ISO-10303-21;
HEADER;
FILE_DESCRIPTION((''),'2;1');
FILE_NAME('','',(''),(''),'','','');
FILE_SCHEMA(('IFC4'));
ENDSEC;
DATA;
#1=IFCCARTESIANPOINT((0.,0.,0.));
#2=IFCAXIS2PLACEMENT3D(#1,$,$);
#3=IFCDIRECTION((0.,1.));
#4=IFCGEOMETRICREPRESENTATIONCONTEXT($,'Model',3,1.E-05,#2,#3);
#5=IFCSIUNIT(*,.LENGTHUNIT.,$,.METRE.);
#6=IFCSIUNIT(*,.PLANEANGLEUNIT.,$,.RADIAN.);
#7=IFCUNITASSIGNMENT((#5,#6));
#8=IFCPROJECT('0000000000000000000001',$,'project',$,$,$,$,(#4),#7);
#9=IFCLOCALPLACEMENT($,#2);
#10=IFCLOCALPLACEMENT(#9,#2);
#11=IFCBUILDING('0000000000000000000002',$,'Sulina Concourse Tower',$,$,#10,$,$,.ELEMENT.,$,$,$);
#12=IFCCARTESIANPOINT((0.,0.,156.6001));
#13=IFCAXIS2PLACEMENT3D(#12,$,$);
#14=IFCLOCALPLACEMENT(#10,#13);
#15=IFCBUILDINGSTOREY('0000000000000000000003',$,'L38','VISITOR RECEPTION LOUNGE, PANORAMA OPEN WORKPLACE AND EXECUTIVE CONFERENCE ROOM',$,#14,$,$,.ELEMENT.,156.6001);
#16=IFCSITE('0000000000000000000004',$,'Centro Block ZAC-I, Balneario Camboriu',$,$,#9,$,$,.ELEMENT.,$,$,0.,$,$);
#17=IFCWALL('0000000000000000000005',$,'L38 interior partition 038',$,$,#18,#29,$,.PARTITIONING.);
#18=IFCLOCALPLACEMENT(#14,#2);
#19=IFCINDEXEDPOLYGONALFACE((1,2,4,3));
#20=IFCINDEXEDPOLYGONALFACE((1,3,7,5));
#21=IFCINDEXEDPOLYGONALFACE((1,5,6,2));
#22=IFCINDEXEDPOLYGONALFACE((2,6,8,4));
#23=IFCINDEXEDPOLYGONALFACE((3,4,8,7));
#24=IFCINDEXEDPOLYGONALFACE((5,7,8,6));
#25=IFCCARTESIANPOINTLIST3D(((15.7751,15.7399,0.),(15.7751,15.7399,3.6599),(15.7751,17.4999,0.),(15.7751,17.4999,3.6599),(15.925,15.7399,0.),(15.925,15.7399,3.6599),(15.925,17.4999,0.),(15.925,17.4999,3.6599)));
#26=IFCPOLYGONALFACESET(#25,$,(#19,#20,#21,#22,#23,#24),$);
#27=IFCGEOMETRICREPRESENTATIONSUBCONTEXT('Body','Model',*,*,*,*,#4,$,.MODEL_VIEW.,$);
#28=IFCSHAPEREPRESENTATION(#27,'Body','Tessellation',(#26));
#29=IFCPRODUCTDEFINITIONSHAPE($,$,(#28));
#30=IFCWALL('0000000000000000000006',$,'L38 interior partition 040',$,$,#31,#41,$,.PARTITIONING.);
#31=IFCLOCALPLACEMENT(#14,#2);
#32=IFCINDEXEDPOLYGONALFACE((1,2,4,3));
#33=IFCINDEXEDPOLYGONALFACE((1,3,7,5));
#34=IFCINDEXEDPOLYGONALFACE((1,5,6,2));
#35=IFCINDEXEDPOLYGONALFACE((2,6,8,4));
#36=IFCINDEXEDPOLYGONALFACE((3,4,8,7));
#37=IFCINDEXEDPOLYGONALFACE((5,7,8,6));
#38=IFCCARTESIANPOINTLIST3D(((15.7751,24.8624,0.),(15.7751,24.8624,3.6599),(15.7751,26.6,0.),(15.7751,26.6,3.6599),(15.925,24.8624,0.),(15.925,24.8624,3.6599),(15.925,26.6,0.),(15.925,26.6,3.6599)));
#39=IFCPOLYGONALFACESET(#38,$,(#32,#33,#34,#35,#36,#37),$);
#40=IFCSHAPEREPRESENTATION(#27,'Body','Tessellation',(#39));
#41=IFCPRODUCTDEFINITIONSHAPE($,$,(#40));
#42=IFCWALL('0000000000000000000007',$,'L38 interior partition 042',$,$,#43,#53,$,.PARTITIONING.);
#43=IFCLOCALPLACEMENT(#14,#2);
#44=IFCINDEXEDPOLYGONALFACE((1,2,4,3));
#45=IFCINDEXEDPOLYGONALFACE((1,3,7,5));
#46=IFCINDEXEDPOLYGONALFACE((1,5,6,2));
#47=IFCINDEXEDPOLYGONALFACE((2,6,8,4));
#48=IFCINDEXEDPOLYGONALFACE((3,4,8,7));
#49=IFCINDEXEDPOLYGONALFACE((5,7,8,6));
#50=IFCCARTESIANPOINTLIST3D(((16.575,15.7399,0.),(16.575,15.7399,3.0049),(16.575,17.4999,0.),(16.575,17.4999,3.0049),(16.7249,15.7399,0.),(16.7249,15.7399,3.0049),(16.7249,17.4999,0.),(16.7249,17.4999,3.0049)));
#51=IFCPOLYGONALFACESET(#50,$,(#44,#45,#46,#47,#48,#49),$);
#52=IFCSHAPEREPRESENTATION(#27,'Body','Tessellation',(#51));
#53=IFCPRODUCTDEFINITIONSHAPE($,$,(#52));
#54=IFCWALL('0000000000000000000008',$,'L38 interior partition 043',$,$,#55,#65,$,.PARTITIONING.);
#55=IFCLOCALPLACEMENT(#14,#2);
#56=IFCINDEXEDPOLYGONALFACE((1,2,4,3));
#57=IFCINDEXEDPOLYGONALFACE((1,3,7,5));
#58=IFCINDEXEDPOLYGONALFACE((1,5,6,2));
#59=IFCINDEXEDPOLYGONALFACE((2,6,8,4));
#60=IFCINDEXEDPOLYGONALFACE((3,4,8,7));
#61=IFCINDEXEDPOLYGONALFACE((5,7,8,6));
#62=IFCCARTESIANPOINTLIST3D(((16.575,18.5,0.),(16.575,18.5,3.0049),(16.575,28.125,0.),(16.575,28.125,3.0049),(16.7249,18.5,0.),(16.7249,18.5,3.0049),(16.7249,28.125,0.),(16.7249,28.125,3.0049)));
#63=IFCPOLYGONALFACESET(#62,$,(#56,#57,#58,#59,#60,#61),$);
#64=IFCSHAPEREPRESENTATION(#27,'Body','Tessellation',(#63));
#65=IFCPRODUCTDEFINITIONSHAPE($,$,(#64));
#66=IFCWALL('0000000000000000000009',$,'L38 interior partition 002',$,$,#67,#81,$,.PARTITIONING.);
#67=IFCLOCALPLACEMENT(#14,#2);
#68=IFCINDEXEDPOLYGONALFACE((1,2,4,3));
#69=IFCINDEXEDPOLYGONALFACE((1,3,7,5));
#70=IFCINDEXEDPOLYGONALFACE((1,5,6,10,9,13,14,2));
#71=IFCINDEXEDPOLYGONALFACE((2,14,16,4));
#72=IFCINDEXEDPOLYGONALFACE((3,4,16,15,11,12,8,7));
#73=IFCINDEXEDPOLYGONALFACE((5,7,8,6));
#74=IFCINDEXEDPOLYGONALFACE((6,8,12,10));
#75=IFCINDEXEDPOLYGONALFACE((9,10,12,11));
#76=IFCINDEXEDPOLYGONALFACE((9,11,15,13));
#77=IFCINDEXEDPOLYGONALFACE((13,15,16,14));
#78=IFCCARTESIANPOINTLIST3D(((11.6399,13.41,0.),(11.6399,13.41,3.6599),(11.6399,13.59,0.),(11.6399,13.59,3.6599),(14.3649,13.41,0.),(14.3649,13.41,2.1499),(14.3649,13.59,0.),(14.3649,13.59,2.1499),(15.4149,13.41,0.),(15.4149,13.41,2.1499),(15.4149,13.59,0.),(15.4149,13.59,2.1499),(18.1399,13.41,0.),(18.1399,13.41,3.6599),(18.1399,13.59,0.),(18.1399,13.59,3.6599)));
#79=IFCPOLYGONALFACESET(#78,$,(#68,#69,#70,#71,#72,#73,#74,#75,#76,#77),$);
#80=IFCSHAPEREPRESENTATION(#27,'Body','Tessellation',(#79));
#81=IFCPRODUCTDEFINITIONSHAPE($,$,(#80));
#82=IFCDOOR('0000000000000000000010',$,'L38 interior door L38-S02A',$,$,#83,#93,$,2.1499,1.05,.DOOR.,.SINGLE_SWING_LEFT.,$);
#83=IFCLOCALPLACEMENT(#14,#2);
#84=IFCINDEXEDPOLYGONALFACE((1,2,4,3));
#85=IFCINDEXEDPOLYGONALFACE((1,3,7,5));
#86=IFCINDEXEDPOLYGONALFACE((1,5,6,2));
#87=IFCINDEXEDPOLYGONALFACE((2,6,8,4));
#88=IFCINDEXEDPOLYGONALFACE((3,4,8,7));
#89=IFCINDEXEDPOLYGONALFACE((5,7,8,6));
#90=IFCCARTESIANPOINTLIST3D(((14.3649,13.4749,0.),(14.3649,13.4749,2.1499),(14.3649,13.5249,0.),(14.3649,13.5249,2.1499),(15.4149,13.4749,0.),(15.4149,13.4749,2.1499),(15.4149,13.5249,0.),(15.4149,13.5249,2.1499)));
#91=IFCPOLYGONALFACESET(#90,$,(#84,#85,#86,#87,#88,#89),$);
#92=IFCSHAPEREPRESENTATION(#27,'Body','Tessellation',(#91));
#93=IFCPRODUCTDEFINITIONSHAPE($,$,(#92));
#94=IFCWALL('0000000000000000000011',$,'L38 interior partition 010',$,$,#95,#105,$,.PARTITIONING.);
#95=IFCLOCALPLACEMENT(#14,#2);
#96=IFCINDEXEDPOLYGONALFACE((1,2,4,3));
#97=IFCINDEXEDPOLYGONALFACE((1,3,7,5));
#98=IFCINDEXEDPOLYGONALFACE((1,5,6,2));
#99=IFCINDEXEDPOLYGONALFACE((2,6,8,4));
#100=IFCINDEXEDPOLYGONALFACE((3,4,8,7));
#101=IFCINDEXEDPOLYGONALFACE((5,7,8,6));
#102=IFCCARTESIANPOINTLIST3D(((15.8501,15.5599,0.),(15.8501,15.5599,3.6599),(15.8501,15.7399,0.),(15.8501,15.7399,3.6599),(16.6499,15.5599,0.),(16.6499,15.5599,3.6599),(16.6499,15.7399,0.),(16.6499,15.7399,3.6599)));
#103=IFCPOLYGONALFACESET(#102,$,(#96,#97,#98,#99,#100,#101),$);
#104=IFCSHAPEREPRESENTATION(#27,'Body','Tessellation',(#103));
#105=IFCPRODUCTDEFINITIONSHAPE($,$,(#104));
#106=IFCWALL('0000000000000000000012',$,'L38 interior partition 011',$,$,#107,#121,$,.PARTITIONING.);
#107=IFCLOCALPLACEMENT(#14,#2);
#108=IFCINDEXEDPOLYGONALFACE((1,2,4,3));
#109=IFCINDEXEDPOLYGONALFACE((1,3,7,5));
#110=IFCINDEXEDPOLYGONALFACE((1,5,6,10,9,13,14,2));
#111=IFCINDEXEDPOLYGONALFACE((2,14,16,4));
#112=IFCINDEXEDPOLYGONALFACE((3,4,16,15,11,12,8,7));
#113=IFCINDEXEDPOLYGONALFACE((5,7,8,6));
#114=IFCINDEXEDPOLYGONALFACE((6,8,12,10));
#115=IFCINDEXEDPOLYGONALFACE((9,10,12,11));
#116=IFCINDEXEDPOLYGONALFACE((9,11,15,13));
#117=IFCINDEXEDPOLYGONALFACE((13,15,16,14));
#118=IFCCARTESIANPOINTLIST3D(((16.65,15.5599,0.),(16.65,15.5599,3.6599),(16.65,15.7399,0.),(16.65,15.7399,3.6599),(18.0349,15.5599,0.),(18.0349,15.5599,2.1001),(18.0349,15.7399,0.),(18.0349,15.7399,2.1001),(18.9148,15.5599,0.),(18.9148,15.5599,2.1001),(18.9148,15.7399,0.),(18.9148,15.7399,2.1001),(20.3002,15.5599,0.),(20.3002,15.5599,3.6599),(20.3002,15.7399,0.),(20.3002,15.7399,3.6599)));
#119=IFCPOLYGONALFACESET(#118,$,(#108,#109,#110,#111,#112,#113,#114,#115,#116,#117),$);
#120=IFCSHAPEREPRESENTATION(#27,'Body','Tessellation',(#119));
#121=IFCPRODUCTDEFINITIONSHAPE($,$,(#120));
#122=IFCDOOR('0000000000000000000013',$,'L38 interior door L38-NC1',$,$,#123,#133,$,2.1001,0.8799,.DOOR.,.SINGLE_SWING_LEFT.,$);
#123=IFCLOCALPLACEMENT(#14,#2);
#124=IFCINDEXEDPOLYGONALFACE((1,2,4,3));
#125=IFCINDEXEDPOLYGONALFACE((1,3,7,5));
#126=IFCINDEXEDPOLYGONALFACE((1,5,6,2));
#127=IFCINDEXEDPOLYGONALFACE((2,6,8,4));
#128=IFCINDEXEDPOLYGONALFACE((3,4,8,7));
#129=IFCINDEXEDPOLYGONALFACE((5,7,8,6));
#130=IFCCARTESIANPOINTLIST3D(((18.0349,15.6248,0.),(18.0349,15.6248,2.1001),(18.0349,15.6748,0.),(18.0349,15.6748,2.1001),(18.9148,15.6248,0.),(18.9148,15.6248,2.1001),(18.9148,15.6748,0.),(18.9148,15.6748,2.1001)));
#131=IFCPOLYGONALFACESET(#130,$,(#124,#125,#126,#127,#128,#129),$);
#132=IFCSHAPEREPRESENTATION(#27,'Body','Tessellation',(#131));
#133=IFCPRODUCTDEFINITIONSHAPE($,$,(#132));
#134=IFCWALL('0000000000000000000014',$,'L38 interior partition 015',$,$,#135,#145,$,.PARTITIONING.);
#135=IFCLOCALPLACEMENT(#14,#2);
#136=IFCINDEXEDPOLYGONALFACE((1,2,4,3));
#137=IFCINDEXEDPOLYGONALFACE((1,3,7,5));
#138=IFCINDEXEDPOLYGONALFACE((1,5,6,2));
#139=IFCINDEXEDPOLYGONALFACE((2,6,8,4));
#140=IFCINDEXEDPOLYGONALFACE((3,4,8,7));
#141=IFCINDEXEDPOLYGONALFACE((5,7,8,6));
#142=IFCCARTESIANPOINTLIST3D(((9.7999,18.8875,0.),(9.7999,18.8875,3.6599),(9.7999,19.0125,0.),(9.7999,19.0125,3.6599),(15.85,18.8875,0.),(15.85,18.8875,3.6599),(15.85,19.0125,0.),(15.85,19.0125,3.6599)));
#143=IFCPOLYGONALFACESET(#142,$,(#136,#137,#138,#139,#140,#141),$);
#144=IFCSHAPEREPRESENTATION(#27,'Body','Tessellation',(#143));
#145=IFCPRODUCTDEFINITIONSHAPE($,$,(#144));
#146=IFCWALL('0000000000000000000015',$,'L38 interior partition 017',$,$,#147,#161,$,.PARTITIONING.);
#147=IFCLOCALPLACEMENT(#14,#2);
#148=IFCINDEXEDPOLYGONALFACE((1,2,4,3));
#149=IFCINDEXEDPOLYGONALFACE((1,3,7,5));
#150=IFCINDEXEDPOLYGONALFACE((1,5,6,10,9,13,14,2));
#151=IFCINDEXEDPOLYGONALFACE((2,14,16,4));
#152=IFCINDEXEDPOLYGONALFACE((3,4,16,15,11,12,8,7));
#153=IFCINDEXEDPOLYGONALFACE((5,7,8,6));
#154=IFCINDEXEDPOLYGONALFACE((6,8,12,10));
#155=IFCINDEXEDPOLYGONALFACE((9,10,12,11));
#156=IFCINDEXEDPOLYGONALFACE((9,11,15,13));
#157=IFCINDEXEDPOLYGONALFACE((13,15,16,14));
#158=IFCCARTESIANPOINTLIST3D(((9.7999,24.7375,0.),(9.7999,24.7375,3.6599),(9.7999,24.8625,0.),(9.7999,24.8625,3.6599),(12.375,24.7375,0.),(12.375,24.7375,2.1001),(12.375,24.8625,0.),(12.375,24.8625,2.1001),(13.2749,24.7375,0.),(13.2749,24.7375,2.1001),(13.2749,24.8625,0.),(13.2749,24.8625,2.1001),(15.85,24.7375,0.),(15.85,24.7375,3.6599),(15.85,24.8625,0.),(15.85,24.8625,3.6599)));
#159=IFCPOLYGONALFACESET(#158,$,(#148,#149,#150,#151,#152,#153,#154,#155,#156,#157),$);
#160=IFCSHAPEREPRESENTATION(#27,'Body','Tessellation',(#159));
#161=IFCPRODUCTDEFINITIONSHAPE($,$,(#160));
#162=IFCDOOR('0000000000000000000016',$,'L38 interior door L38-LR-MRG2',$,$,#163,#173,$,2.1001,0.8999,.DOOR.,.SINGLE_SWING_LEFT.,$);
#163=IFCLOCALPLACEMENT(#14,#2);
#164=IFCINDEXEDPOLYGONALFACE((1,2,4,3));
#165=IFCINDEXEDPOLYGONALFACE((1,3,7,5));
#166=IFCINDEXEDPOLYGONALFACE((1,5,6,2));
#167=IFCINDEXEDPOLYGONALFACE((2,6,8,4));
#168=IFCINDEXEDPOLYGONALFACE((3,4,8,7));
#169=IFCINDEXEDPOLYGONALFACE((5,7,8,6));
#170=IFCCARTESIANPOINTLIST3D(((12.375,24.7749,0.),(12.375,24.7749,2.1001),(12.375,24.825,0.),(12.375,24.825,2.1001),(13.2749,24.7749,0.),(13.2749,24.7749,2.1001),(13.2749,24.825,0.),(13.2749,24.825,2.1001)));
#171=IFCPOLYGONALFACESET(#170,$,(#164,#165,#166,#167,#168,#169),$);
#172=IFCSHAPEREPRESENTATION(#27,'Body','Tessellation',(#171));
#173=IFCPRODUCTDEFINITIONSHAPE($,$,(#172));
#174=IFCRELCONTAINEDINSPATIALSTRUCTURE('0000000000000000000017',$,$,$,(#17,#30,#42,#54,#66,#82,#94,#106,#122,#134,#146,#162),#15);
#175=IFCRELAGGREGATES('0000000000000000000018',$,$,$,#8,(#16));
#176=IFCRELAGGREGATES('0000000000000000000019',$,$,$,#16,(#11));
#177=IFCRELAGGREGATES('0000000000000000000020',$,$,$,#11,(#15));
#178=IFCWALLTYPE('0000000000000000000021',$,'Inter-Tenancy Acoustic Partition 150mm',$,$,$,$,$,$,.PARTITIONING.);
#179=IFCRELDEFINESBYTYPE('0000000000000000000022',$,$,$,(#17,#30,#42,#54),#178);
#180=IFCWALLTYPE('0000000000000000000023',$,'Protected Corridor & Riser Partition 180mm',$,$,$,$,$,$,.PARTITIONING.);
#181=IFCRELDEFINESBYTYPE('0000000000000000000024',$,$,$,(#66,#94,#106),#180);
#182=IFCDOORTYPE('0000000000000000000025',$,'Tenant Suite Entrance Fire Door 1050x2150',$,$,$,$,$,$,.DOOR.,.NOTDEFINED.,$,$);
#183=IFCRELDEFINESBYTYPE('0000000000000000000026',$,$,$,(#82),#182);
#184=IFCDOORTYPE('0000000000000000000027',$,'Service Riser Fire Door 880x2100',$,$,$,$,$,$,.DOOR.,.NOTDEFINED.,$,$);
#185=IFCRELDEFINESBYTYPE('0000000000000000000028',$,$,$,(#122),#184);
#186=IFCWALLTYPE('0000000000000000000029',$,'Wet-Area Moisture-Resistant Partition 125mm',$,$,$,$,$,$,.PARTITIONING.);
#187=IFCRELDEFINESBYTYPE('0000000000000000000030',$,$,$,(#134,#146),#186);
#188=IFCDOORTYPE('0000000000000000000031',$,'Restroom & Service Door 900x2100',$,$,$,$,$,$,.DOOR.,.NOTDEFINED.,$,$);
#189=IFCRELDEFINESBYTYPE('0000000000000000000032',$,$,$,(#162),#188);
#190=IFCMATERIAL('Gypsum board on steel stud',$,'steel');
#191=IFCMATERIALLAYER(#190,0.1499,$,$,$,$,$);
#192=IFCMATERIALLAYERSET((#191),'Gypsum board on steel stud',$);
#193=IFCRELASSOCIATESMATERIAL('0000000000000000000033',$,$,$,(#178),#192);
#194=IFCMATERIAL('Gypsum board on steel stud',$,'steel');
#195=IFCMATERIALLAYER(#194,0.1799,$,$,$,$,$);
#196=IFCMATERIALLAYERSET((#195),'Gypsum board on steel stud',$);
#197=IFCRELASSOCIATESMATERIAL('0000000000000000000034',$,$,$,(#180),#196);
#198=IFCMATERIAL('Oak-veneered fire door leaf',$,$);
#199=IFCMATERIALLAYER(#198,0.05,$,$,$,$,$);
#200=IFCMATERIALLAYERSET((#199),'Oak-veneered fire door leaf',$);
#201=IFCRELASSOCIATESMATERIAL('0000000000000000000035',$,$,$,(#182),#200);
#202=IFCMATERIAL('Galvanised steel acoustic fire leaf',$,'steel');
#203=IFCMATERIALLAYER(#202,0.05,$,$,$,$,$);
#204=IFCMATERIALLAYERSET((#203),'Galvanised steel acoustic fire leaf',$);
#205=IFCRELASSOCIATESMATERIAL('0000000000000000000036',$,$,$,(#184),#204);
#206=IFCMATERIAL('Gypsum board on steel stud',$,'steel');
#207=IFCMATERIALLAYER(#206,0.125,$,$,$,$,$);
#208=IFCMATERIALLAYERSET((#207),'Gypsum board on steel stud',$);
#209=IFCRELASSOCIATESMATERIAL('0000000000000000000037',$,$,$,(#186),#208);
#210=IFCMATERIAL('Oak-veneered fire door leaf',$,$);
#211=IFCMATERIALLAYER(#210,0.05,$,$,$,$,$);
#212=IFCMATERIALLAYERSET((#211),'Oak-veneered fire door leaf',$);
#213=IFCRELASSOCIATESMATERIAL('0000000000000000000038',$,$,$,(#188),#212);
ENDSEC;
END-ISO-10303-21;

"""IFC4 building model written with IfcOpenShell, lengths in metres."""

from ifc_helpers import new_model, si_unit, direction, frame, frame_2d, origin, place, context, subcontext, project, spatial, rectangle, extrude, material, layer, layer_set, type_object, element, fill, save


model = new_model("IFC4")

# Units and contexts
model_context = context("Model", 3, precision=1e-05, world=origin(), true_north=direction((0.0, 1.0)))
body_context = subcontext(model_context, "Body", "Model", "MODEL_VIEW")
ifc_project = project(units=[si_unit("LENGTHUNIT", "METRE"), si_unit("PLANEANGLEUNIT", "RADIAN")], contexts=[model_context])

# Site, building, storey
site_placement = place(None, origin())
site = spatial("IfcSite", under=ifc_project, at=site_placement, Name="Centro Block ZAC-I, Balneario Camboriu", CompositionType="ELEMENT", RefElevation=0.0)
building_placement = place(site_placement, origin())
building = spatial("IfcBuilding", under=site, at=building_placement, Name="Sulina Concourse Tower", CompositionType="ELEMENT")
storey_placement = place(building_placement, frame((0.0, 0.0, 156.6001)))
storey = spatial("IfcBuildingStorey", under=building, at=storey_placement, Name="L38", Description="VISITOR RECEPTION LOUNGE, PANORAMA OPEN WORKPLACE AND EXECUTIVE CONFERENCE ROOM", CompositionType="ELEMENT", Elevation=156.6001)

# Walls
ifc_material_1 = material(Name="Gypsum board on steel stud", Category="steel")
ifc_layer_1 = layer(ifc_material_1, 0.1499)
ifc_layer_set_1 = layer_set([ifc_layer_1], Name="Gypsum board on steel stud")
wall_type_1 = type_object("IfcWallType", Name="Inter-Tenancy Acoustic Partition 150mm", PredefinedType="PARTITIONING", material=ifc_layer_set_1)
wall_1_placement = place(storey_placement, frame((15.8501, 15.74, 0.0), z_axis=(0.0, 0.0, 1.0), x_axis=(0.0, 1.0, 0.0)))
element("IfcWall", 1, at=wall_1_placement, inside=storey, type_object=wall_type_1, Name="L38 interior partition 038", PredefinedType="PARTITIONING", context=body_context, shape_type="SweptSolid", body=[
    extrude(rectangle(XDim=1.76, YDim=0.1499, at=frame_2d((0.8799, 0.0))), origin(), (0.0, 0.0, 1.0), 3.6599),
])
wall_2_placement = place(storey_placement, frame((15.8501, 24.8625, 0.0), z_axis=(0.0, 0.0, 1.0), x_axis=(0.0, 1.0, 0.0)))
element("IfcWall", 2, at=wall_2_placement, inside=storey, type_object=wall_type_1, Name="L38 interior partition 040", PredefinedType="PARTITIONING", context=body_context, shape_type="SweptSolid", body=[
    extrude(rectangle(XDim=1.7375, YDim=0.1499, at=frame_2d((0.8687, 0.0))), origin(), (0.0, 0.0, 1.0), 3.6599),
])
wall_3_placement = place(storey_placement, frame((16.6499, 15.74, 0.0), z_axis=(0.0, 0.0, 1.0), x_axis=(0.0, 1.0, 0.0)))
element("IfcWall", 3, at=wall_3_placement, inside=storey, type_object=wall_type_1, Name="L38 interior partition 042", PredefinedType="PARTITIONING", context=body_context, shape_type="SweptSolid", body=[
    extrude(rectangle(XDim=1.76, YDim=0.1499, at=frame_2d((0.8799, 0.0))), origin(), (0.0, 0.0, 1.0), 3.0049),
])
wall_4_placement = place(storey_placement, frame((16.6499, 18.5, 0.0), z_axis=(0.0, 0.0, 1.0), x_axis=(0.0, 1.0, 0.0)))
element("IfcWall", 4, at=wall_4_placement, inside=storey, type_object=wall_type_1, Name="L38 interior partition 043", PredefinedType="PARTITIONING", context=body_context, shape_type="SweptSolid", body=[
    extrude(rectangle(XDim=9.625, YDim=0.1499, at=frame_2d((4.8125, 0.0))), origin(), (0.0, 0.0, 1.0), 3.0049),
])

# Wall, opening, door
ifc_material_2 = material(Name="Gypsum board on steel stud", Category="steel")
ifc_layer_2 = layer(ifc_material_2, 0.1799)
ifc_layer_set_2 = layer_set([ifc_layer_2], Name="Gypsum board on steel stud")
wall_type_2 = type_object("IfcWallType", Name="Protected Corridor & Riser Partition 180mm", PredefinedType="PARTITIONING", material=ifc_layer_set_2)
wall_5_placement = place(storey_placement, frame((11.6399, 13.5, 0.0), z_axis=(0.0, 0.0, 1.0), x_axis=(1.0, 0.0, 0.0)))
wall_5 = element("IfcWall", 5, at=wall_5_placement, inside=storey, type_object=wall_type_2, Name="L38 interior partition 002", PredefinedType="PARTITIONING", context=body_context, shape_type="SweptSolid", body=[
    extrude(rectangle(XDim=6.5, YDim=0.1799, at=frame_2d((3.25, 0.0))), origin(), (0.0, 0.0, 1.0), 3.6599),
])
opening_1_placement = place(wall_5_placement, frame((2.7251, 0.0, 0.0)))
opening_1 = element("IfcOpeningElement", 6, at=opening_1_placement, cuts=wall_5, PredefinedType="OPENING", context=body_context, shape_type="SweptSolid", body=[
    extrude(rectangle(XDim=1.05, YDim=2.1499, at=frame_2d((0.5249, 1.075))), frame((0.0, 0.0999, 0.0), z_axis=(0.0, -1.0, 0.0), x_axis=(1.0, 0.0, 0.0)), (0.0, 0.0, 1.0), 0.2),
])
ifc_material_3 = material(Name="Oak-veneered fire door leaf")
ifc_layer_3 = layer(ifc_material_3, 0.05)
ifc_layer_set_3 = layer_set([ifc_layer_3], Name="Oak-veneered fire door leaf")
door_type_1 = type_object("IfcDoorType", Name="Tenant Suite Entrance Fire Door 1050x2150", OperationType="NOTDEFINED", PredefinedType="DOOR", material=ifc_layer_set_3)
door_1_placement = place(opening_1_placement, origin())
door_1 = element("IfcDoor", 7, at=door_1_placement, inside=storey, type_object=door_type_1, Name="L38 interior door L38-S02A", OperationType="SINGLE_SWING_LEFT", OverallHeight=2.1499, OverallWidth=1.05, PredefinedType="DOOR", context=body_context, shape_type="SweptSolid", body=[
    extrude(rectangle(XDim=1.05, YDim=2.1499, at=frame_2d((0.5249, 1.075))), frame((0.0, 0.0249, 0.0), z_axis=(0.0, -1.0, 0.0), x_axis=(1.0, 0.0, 0.0)), (0.0, 0.0, 1.0), 0.05),
])
fill(opening_1, door_1)

# Wall
wall_6_placement = place(storey_placement, frame((15.8501, 15.6499, 0.0), z_axis=(0.0, 0.0, 1.0), x_axis=(1.0, 0.0, 0.0)))
element("IfcWall", 8, at=wall_6_placement, inside=storey, type_object=wall_type_2, Name="L38 interior partition 010", PredefinedType="PARTITIONING", context=body_context, shape_type="SweptSolid", body=[
    extrude(rectangle(XDim=0.7998, YDim=0.1799, at=frame_2d((0.3999, 0.0))), origin(), (0.0, 0.0, 1.0), 3.6599),
])

# Wall, opening, door
wall_7_placement = place(storey_placement, frame((16.6499, 15.6499, 0.0), z_axis=(0.0, 0.0, 1.0), x_axis=(1.0, 0.0, 0.0)))
wall_7 = element("IfcWall", 9, at=wall_7_placement, inside=storey, type_object=wall_type_2, Name="L38 interior partition 011", PredefinedType="PARTITIONING", context=body_context, shape_type="SweptSolid", body=[
    extrude(rectangle(XDim=3.6501, YDim=0.1799, at=frame_2d((1.8252, 0.0))), origin(), (0.0, 0.0, 1.0), 3.6599),
])
opening_2_placement = place(wall_7_placement, frame((1.385, 0.0, 0.0)))
opening_2 = element("IfcOpeningElement", 10, at=opening_2_placement, cuts=wall_7, PredefinedType="OPENING", context=body_context, shape_type="SweptSolid", body=[
    extrude(rectangle(XDim=0.8799, YDim=2.1001, at=frame_2d((0.4399, 1.05))), frame((0.0, 0.0999, 0.0), z_axis=(0.0, -1.0, 0.0), x_axis=(1.0, 0.0, 0.0)), (0.0, 0.0, 1.0), 0.2),
])
ifc_material_4 = material(Name="Galvanised steel acoustic fire leaf", Category="steel")
ifc_layer_4 = layer(ifc_material_4, 0.05)
ifc_layer_set_4 = layer_set([ifc_layer_4], Name="Galvanised steel acoustic fire leaf")
door_type_2 = type_object("IfcDoorType", Name="Service Riser Fire Door 880x2100", OperationType="NOTDEFINED", PredefinedType="DOOR", material=ifc_layer_set_4)
door_2_placement = place(opening_2_placement, origin())
door_2 = element("IfcDoor", 11, at=door_2_placement, inside=storey, type_object=door_type_2, Name="L38 interior door L38-NC1", OperationType="SINGLE_SWING_LEFT", OverallHeight=2.1001, OverallWidth=0.8799, PredefinedType="DOOR", context=body_context, shape_type="SweptSolid", body=[
    extrude(rectangle(XDim=0.8799, YDim=2.1001, at=frame_2d((0.4399, 1.05))), frame((0.0, 0.0249, 0.0), z_axis=(0.0, -1.0, 0.0), x_axis=(1.0, 0.0, 0.0)), (0.0, 0.0, 1.0), 0.05),
])
fill(opening_2, door_2)

# Wall
ifc_material_5 = material(Name="Gypsum board on steel stud", Category="steel")
ifc_layer_5 = layer(ifc_material_5, 0.125)
ifc_layer_set_5 = layer_set([ifc_layer_5], Name="Gypsum board on steel stud")
wall_type_3 = type_object("IfcWallType", Name="Wet-Area Moisture-Resistant Partition 125mm", PredefinedType="PARTITIONING", material=ifc_layer_set_5)
wall_8_placement = place(storey_placement, frame((9.8, 18.95, 0.0), z_axis=(0.0, 0.0, 1.0), x_axis=(1.0, 0.0, 0.0)))
element("IfcWall", 12, at=wall_8_placement, inside=storey, type_object=wall_type_3, Name="L38 interior partition 015", PredefinedType="PARTITIONING", context=body_context, shape_type="SweptSolid", body=[
    extrude(rectangle(XDim=6.05, YDim=0.125, at=frame_2d((3.0249, 0.0))), origin(), (0.0, 0.0, 1.0), 3.6599),
])

# Wall, opening, door
wall_9_placement = place(storey_placement, frame((9.8, 24.8, 0.0), z_axis=(0.0, 0.0, 1.0), x_axis=(1.0, 0.0, 0.0)))
wall_9 = element("IfcWall", 13, at=wall_9_placement, inside=storey, type_object=wall_type_3, Name="L38 interior partition 017", PredefinedType="PARTITIONING", context=body_context, shape_type="SweptSolid", body=[
    extrude(rectangle(XDim=6.05, YDim=0.125, at=frame_2d((3.0249, 0.0))), origin(), (0.0, 0.0, 1.0), 3.6599),
])
opening_3_placement = place(wall_9_placement, frame((2.575, 0.0, 0.0)))
opening_3 = element("IfcOpeningElement", 14, at=opening_3_placement, cuts=wall_9, PredefinedType="OPENING", context=body_context, shape_type="SweptSolid", body=[
    extrude(rectangle(XDim=0.8999, YDim=2.1001, at=frame_2d((0.45, 1.05))), frame((0.0, 0.0725, 0.0), z_axis=(0.0, -1.0, 0.0), x_axis=(1.0, 0.0, 0.0)), (0.0, 0.0, 1.0), 0.145),
])
ifc_material_6 = material(Name="Oak-veneered fire door leaf")
ifc_layer_6 = layer(ifc_material_6, 0.05)
ifc_layer_set_6 = layer_set([ifc_layer_6], Name="Oak-veneered fire door leaf")
door_type_3 = type_object("IfcDoorType", Name="Restroom & Service Door 900x2100", OperationType="NOTDEFINED", PredefinedType="DOOR", material=ifc_layer_set_6)
door_3_placement = place(opening_3_placement, origin())
door_3 = element("IfcDoor", 15, at=door_3_placement, inside=storey, type_object=door_type_3, Name="L38 interior door L38-LR-MRG2", OperationType="SINGLE_SWING_LEFT", OverallHeight=2.1001, OverallWidth=0.8999, PredefinedType="DOOR", context=body_context, shape_type="SweptSolid", body=[
    extrude(rectangle(XDim=0.8999, YDim=2.1001, at=frame_2d((0.45, 1.05))), frame((0.0, 0.0249, 0.0), z_axis=(0.0, -1.0, 0.0), x_axis=(1.0, 0.0, 0.0)), (0.0, 0.0, 1.0), 0.05),
])
fill(opening_3, door_3)

save(model, "model.ifc")
